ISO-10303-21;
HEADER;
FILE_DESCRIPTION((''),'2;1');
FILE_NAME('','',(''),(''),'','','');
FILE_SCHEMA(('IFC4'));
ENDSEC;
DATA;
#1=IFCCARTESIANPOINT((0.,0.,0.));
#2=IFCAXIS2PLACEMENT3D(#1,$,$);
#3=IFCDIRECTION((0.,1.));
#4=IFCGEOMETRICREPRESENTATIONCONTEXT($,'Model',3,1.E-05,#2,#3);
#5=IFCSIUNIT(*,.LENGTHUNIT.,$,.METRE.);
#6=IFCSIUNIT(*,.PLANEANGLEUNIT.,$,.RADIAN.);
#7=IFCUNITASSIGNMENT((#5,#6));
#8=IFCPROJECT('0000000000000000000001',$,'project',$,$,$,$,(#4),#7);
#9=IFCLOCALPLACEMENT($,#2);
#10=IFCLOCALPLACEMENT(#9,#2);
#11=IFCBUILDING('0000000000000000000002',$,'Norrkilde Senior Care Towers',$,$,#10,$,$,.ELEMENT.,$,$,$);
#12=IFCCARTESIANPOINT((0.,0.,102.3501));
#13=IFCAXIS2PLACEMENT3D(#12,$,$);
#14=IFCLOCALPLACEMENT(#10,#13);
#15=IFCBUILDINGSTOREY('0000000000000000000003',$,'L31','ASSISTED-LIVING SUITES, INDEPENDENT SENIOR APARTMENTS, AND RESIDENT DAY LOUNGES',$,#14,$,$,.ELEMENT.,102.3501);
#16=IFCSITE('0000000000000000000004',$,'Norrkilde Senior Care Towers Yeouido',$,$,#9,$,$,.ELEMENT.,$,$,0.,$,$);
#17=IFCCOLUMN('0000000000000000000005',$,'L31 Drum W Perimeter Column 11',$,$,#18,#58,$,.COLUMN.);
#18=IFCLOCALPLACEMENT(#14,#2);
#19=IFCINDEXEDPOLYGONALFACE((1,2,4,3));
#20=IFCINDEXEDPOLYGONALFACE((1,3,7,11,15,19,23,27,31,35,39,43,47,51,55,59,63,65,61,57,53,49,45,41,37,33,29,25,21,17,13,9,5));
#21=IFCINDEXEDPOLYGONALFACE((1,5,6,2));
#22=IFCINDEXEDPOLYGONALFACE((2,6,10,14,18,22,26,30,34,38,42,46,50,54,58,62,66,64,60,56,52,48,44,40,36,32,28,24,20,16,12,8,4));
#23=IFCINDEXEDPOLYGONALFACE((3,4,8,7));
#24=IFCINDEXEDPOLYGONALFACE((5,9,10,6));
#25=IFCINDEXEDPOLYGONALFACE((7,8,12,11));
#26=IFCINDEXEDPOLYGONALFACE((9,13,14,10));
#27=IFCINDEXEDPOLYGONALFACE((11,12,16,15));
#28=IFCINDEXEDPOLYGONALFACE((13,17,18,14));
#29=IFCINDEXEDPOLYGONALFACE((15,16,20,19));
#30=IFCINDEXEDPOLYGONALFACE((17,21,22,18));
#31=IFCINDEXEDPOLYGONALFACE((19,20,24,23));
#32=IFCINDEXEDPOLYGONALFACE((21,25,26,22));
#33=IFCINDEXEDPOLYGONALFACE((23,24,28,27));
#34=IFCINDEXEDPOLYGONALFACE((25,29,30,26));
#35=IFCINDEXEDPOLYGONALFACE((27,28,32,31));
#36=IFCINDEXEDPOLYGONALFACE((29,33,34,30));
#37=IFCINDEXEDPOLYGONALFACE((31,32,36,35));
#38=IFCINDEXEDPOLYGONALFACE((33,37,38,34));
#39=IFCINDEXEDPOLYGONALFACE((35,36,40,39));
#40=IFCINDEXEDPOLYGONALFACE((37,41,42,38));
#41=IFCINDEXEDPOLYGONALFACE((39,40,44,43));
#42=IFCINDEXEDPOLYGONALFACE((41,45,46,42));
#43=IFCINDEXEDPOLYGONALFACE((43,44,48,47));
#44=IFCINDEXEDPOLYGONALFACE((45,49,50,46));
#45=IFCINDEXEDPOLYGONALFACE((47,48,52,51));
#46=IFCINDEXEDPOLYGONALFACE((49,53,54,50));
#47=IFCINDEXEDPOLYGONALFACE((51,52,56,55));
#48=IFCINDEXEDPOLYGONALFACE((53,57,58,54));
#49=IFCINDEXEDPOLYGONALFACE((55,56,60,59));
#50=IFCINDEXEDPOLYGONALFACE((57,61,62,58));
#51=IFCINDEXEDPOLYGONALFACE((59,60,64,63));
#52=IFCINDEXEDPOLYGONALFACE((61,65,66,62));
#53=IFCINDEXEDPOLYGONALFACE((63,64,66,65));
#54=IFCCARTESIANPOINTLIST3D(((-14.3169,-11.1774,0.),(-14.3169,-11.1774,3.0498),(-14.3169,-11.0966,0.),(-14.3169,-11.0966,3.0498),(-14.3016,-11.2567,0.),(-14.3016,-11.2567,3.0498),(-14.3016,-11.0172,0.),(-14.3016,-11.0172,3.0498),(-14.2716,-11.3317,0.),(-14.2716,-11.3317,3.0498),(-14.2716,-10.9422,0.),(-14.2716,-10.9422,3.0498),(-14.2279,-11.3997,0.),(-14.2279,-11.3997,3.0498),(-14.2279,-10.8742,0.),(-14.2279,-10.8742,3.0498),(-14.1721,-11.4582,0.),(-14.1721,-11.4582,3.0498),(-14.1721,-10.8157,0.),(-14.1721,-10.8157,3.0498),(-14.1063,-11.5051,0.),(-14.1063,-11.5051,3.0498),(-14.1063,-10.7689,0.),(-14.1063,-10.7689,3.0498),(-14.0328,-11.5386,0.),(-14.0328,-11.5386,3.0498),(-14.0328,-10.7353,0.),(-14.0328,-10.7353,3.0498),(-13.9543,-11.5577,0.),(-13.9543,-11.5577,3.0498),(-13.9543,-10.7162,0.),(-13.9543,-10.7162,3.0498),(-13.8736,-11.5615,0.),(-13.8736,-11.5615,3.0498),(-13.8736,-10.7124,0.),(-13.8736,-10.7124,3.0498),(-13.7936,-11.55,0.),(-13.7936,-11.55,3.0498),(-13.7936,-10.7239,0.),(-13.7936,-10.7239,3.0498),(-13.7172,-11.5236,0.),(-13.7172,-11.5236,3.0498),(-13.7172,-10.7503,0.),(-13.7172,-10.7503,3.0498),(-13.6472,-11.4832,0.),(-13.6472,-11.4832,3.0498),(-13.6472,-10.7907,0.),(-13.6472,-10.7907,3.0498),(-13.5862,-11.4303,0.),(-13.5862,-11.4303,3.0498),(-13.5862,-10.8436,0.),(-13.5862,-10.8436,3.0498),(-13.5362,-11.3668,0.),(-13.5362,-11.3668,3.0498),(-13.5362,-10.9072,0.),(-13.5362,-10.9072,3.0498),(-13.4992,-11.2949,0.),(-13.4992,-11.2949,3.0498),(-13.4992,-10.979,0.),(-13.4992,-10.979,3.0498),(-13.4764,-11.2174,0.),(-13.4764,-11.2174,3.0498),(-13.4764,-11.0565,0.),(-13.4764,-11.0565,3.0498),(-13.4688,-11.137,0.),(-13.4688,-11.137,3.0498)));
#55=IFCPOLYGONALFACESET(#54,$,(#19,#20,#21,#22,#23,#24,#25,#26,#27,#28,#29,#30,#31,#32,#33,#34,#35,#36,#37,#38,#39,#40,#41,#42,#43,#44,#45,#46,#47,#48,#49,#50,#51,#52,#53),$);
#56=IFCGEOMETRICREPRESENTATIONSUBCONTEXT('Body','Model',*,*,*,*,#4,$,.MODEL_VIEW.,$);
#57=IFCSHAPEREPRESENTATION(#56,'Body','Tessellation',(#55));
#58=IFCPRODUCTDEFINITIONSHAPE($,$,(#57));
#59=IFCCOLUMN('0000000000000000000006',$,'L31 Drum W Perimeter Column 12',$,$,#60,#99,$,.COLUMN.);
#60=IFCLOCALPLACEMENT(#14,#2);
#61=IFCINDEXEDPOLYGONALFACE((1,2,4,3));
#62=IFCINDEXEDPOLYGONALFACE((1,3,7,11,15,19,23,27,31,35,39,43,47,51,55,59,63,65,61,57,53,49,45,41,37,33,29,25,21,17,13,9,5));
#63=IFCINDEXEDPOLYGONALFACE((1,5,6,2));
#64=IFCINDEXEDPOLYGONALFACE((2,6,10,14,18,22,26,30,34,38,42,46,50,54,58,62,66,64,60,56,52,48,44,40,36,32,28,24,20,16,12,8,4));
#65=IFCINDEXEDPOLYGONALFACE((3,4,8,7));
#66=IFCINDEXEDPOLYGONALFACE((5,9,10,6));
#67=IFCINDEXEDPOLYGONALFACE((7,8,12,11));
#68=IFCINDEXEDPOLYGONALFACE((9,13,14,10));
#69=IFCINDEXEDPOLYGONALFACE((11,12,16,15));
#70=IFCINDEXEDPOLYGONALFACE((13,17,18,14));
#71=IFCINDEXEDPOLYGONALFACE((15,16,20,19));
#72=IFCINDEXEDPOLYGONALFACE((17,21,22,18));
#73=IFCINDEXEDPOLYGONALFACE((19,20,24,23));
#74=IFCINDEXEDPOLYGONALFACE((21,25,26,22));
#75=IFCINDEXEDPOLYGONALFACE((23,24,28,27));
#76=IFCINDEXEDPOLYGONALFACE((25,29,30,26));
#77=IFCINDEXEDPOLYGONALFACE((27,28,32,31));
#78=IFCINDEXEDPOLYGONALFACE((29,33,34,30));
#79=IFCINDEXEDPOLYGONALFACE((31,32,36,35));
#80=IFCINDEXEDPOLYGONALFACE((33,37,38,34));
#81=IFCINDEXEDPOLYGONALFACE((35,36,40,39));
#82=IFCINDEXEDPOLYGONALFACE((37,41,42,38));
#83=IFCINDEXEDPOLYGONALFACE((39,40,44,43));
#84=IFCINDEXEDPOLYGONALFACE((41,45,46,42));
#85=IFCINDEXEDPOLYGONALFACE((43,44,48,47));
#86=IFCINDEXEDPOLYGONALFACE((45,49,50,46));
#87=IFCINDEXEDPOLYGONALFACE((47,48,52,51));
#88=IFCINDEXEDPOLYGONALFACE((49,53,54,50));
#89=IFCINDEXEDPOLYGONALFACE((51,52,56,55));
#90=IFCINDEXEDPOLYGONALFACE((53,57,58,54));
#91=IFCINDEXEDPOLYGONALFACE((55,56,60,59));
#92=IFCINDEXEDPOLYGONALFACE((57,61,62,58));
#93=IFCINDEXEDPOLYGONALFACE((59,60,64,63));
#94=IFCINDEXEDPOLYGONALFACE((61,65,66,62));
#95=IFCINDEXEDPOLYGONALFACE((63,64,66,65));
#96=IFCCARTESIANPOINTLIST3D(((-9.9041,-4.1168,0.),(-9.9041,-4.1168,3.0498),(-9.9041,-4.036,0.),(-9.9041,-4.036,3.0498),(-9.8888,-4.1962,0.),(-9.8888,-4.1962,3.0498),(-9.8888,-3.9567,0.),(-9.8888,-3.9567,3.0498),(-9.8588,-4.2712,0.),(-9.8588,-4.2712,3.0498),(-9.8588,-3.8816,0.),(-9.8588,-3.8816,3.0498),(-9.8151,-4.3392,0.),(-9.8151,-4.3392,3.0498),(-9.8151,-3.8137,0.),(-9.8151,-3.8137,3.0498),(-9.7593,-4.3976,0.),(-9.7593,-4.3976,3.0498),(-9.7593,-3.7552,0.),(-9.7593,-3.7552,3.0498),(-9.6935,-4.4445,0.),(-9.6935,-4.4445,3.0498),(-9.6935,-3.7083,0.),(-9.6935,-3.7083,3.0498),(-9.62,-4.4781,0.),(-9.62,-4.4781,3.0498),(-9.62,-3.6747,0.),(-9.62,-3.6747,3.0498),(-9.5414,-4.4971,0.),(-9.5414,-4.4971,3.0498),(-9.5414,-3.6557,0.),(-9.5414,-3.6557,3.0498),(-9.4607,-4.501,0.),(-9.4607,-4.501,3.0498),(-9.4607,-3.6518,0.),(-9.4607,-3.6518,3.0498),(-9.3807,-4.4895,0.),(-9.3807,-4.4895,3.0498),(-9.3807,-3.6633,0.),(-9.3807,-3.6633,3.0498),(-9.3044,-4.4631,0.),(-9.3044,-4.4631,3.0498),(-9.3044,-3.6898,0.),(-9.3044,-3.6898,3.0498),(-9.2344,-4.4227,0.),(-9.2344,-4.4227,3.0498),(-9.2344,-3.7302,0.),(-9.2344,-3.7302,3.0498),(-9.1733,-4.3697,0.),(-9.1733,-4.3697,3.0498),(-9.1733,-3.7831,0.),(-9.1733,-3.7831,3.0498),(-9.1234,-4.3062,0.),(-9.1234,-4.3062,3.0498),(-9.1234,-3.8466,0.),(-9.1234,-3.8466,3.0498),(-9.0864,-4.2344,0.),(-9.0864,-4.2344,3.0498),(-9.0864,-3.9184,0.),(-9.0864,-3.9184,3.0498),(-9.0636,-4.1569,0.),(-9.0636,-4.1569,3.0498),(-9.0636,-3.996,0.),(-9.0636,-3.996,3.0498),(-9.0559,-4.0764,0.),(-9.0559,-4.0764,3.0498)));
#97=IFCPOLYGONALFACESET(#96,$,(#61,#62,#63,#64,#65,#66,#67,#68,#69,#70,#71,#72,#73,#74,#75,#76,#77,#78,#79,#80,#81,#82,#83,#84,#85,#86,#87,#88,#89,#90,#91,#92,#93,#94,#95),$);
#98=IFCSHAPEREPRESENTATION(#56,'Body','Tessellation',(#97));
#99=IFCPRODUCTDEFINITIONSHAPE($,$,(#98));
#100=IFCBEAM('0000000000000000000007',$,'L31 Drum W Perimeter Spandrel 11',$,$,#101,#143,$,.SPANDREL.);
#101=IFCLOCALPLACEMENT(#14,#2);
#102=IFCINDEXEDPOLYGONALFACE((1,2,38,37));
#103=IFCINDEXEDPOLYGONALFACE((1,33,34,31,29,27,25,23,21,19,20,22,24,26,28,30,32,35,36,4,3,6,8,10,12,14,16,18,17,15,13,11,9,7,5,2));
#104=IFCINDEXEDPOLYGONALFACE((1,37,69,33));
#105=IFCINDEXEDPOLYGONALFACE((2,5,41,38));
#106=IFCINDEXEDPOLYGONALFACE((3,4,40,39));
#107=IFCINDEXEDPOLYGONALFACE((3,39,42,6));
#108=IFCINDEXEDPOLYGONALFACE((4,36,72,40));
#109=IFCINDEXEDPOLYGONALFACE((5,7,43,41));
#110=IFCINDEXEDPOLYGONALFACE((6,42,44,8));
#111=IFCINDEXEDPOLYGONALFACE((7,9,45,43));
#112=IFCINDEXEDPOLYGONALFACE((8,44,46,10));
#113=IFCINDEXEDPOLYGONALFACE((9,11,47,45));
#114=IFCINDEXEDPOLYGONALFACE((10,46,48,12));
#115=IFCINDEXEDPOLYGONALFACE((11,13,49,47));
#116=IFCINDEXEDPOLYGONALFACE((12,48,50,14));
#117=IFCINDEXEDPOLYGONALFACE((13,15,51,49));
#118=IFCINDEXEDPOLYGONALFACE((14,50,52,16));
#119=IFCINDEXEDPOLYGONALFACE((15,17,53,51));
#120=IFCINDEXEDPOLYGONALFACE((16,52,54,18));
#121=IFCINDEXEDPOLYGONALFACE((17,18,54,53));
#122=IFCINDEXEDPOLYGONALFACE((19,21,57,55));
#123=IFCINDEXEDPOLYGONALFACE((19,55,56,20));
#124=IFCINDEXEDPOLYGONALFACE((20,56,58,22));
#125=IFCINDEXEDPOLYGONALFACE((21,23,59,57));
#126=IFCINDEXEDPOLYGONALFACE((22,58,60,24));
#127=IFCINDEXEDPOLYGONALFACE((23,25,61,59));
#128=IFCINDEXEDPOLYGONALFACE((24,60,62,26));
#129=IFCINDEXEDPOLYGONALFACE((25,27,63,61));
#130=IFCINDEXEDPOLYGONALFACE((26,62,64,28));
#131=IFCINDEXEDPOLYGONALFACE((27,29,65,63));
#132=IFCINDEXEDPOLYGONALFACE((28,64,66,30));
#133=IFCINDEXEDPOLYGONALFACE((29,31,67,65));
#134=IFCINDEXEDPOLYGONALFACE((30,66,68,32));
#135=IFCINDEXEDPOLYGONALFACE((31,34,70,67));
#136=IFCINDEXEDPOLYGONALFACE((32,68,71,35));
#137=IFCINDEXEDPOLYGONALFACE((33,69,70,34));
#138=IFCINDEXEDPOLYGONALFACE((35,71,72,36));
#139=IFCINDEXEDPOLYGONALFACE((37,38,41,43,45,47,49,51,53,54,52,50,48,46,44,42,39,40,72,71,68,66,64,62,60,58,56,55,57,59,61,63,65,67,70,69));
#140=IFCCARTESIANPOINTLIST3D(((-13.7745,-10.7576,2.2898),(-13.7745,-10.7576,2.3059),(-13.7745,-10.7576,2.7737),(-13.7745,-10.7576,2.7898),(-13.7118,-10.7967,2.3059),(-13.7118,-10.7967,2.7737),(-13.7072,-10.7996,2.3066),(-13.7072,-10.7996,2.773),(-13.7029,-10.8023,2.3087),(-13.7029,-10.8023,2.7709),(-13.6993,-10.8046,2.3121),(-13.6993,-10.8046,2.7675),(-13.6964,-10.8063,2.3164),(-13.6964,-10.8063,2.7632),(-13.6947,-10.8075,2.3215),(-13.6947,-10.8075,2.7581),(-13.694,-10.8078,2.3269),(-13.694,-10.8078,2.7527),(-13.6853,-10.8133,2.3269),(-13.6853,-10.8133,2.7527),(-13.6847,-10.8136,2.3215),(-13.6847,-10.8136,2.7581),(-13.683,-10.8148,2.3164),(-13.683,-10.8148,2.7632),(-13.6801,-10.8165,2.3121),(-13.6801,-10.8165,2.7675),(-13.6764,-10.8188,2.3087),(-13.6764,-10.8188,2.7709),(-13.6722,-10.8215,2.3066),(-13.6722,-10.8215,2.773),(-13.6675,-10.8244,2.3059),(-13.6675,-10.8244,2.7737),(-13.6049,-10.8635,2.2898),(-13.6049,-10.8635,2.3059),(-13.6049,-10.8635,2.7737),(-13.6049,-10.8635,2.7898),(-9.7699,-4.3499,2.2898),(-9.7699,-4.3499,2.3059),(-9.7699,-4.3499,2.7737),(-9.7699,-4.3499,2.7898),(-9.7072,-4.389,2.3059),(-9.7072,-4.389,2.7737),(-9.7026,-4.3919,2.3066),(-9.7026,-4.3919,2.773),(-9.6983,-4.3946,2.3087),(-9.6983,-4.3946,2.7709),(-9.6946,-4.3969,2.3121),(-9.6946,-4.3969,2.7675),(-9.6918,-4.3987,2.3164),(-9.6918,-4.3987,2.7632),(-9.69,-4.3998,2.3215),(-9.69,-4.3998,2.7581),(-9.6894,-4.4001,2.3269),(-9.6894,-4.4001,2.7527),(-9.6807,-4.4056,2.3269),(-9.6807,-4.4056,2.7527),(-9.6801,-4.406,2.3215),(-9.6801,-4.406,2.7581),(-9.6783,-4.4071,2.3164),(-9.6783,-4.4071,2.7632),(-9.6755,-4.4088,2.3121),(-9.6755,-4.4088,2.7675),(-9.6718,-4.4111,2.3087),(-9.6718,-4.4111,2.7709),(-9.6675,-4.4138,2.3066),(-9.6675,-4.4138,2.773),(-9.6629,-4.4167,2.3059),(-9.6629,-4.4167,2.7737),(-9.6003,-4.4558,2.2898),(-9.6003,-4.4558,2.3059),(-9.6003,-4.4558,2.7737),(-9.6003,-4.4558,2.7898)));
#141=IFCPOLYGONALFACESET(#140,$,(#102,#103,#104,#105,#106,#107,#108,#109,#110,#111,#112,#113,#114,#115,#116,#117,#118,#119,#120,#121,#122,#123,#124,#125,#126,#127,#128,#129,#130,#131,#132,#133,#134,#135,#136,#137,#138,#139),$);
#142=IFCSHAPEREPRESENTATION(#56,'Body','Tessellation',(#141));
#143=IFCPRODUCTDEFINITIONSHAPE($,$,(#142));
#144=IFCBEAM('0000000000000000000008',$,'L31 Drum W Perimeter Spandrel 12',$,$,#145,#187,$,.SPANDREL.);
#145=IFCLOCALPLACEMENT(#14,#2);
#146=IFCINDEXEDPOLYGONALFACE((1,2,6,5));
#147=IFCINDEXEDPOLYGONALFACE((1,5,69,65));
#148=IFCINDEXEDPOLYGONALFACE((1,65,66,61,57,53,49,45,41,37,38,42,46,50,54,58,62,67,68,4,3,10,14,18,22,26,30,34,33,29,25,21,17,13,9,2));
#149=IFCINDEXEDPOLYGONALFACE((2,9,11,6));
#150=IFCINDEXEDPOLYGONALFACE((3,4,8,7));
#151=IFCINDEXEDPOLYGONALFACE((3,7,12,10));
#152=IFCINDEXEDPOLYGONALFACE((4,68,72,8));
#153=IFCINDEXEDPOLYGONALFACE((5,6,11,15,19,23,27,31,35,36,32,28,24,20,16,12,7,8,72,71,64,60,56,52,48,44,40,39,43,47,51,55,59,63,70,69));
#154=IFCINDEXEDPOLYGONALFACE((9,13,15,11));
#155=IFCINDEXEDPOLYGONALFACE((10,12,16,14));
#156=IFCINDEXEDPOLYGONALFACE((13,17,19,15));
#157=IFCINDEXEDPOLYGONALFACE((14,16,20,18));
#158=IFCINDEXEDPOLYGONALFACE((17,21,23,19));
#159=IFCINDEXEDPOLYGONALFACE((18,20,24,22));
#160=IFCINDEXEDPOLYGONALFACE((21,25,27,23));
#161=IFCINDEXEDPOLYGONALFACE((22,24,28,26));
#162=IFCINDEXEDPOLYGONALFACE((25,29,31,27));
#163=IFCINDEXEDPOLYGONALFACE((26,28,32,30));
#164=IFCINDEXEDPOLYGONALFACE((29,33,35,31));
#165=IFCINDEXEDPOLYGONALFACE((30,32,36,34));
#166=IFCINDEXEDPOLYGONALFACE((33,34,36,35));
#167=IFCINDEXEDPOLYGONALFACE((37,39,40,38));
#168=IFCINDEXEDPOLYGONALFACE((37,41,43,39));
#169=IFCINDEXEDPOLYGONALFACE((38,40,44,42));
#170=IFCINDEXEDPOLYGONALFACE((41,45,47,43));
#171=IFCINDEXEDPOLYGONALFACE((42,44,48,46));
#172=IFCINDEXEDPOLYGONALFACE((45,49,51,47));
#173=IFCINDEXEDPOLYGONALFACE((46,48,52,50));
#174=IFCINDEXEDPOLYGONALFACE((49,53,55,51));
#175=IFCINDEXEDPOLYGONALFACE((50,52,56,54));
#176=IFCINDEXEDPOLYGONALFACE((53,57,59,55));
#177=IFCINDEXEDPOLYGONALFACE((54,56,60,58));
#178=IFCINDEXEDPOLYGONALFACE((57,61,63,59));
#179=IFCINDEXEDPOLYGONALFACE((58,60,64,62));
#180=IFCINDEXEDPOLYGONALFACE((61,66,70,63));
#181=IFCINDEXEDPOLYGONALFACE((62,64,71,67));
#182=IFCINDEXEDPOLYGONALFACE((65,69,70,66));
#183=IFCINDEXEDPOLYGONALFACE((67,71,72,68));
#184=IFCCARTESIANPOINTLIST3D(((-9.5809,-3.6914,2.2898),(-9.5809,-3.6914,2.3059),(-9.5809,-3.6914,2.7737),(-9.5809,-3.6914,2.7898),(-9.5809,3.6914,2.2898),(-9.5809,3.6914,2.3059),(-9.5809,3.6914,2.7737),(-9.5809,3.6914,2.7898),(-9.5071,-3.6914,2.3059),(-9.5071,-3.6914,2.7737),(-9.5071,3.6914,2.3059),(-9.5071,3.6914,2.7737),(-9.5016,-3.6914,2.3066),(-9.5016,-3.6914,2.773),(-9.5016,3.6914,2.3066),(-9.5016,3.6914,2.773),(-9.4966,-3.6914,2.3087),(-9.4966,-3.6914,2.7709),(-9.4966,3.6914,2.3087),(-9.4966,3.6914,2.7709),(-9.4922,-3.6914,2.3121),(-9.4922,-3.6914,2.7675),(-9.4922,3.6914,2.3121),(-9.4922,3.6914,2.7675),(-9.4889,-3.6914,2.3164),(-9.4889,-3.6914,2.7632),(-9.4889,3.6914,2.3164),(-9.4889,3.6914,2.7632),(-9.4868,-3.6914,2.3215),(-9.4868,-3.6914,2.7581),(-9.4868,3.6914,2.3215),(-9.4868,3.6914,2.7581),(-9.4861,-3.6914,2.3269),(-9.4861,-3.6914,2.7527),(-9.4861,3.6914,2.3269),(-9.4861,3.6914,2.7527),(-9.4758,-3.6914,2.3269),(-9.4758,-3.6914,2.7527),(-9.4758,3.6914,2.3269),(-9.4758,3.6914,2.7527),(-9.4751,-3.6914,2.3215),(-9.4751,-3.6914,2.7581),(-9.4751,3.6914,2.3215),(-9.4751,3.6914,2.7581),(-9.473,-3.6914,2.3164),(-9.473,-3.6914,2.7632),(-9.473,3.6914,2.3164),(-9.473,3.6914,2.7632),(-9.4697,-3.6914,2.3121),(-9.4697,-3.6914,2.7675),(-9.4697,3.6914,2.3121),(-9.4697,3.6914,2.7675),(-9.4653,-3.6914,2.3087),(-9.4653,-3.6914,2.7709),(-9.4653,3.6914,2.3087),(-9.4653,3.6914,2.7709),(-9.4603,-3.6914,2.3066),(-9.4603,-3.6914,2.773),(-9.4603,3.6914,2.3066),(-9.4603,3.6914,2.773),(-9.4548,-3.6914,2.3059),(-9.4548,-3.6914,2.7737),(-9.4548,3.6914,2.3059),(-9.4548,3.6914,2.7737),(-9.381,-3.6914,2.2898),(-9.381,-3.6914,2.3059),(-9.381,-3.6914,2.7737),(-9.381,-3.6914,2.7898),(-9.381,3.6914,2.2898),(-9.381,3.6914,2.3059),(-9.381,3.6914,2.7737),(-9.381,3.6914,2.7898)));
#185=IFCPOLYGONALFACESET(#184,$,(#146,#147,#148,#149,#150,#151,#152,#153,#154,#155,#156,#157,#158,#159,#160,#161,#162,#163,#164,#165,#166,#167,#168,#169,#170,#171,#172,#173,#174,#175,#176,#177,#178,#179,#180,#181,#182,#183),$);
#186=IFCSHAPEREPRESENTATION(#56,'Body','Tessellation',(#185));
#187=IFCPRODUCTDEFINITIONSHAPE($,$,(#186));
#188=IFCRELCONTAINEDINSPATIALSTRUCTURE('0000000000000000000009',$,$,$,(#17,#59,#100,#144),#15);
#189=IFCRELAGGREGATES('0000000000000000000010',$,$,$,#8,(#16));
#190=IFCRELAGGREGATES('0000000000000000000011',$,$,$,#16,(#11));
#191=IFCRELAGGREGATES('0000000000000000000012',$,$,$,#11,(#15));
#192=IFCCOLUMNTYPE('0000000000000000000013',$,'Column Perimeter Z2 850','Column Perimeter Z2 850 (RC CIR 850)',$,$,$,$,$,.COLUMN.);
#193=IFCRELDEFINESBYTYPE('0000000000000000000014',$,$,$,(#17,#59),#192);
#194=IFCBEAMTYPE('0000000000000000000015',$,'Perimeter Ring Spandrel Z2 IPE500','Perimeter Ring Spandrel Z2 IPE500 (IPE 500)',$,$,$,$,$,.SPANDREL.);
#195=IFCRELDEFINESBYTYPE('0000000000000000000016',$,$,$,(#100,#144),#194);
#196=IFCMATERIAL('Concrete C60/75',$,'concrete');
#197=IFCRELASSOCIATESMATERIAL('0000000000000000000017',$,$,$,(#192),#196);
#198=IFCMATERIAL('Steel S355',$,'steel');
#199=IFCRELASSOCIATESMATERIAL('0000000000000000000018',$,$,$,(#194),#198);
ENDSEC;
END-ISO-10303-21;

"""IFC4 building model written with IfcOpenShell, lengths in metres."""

from ifc_helpers import new_model, si_unit, direction, frame, origin, origin_2d, place, context, subcontext, project, spatial, circle, i_section, extrude, source, transform, mapped, material, material_profile, profile_set, type_object, type_shapes, element, save


model = new_model("IFC4")

# Units and contexts
model_context = context("Model", 3, precision=1e-05, world=origin(), true_north=direction((0.0, 1.0)))
body_context = subcontext(model_context, "Body", "Model", "MODEL_VIEW")
ifc_project = project(units=[si_unit("LENGTHUNIT", "METRE"), si_unit("PLANEANGLEUNIT", "RADIAN")], contexts=[model_context])

# Site, building, storey
site_placement = place(None, origin())
site = spatial("IfcSite", under=ifc_project, at=site_placement, Name="Norrkilde Senior Care Towers Yeouido", CompositionType="ELEMENT", RefElevation=0.0)
building_placement = place(site_placement, origin())
building = spatial("IfcBuilding", under=site, at=building_placement, Name="Norrkilde Senior Care Towers", CompositionType="ELEMENT")
storey_placement = place(building_placement, frame((0.0, 0.0, 102.3501)))
storey = spatial("IfcBuildingStorey", under=building, at=storey_placement, Name="L31", Description="ASSISTED-LIVING SUITES, INDEPENDENT SENIOR APARTMENTS, AND RESIDENT DAY LOUNGES", CompositionType="ELEMENT", Elevation=102.3501)

# Columns
ifc_material_1 = material(Name="Concrete C60/75", Category="concrete")
ifc_material_profile_1 = material_profile(ifc_material_1, circle(Radius=0.425, at=origin_2d()), Name="RC CIR 850")
ifc_profile_set_1 = profile_set([ifc_material_profile_1], Name="Concrete C60/75")
column_type = type_object("IfcColumnType", Name="Column Perimeter Z2 850", Description="Column Perimeter Z2 850 (RC CIR 850)", PredefinedType="COLUMN", material=ifc_profile_set_1)
shared_shape_1 = source(origin(), body_context, "Body", "SweptSolid", [
    extrude(circle(Radius=0.425, at=origin_2d()), origin(), (0.0, 0.0, 1.0), 3.0498),
])
type_shapes(column_type, [shared_shape_1])
for number, where, z_axis, x_axis, name in (
    (1, (-13.8938, -11.137, 0.0), (0.0, 0.0, 1.0), (1.0, 0.0, 0.0), "L31 Drum W Perimeter Column 11"),
    (2, (-9.481, -4.0764, 0.0), (0.0, 0.0, 1.0), (1.0, 0.0, 0.0), "L31 Drum W Perimeter Column 12"),
):
    element("IfcColumn", number, at=place(storey_placement, frame(where, z_axis=z_axis, x_axis=x_axis)), inside=storey, type_object=column_type, Name=name, PredefinedType="COLUMN", context=body_context, shape_type="MappedRepresentation", body=[
        mapped(shared_shape_1, transform((0.0, 0.0, 0.0), x_axis=(1.0, 0.0, 0.0), y_axis=(0.0, 1.0, 0.0), z_axis=(0.0, 0.0, 1.0), scale=1.0)),
    ])

# Beams
ifc_material_2 = material(Name="Steel S355", Category="steel")
ifc_material_profile_2 = material_profile(ifc_material_2, i_section(OverallWidth=0.2, OverallDepth=0.5, WebThickness=0.0103, FlangeThickness=0.0161, FilletRadius=0.021, at=origin_2d()), Name="IPE 500")
ifc_profile_set_2 = profile_set([ifc_material_profile_2], Name="Steel S355")
beam_type_1 = type_object("IfcBeamType", Name="Perimeter Ring Spandrel Z2 IPE500", Description="Perimeter Ring Spandrel Z2 IPE500 (IPE 500)", PredefinedType="SPANDREL", material=ifc_profile_set_2)
shared_shape_2 = source(origin(), body_context, "Body", "SweptSolid", [
    extrude(i_section(OverallWidth=0.2, OverallDepth=0.5, WebThickness=0.0103, FlangeThickness=0.0161, FilletRadius=0.021, at=origin_2d()), origin(), (0.0, 0.0, 1.0), 7.5562),
])
beam_1_placement = place(storey_placement, frame((-13.6897, -10.8105, 2.5398), z_axis=(0.529982, 0.848009, 0.0), x_axis=(-0.848009, 0.529982, 0.0)))
element("IfcBeam", 3, at=beam_1_placement, inside=storey, type_object=beam_type_1, Name="L31 Drum W Perimeter Spandrel 11", PredefinedType="SPANDREL", context=body_context, shape_type="MappedRepresentation", body=[
    mapped(shared_shape_2, transform((0.0, 0.0, 0.0), x_axis=(1.0, 0.0, 0.0), y_axis=(0.0, 1.0, 0.0), z_axis=(0.0, 0.0, 1.0), scale=1.0)),
])
shared_shape_3 = source(origin(), body_context, "Body", "SweptSolid", [
    extrude(i_section(OverallWidth=0.2, OverallDepth=0.5, WebThickness=0.0103, FlangeThickness=0.0161, FilletRadius=0.021, at=origin_2d()), origin(), (0.0, 0.0, 1.0), 7.3828),
])
type_shapes(beam_type_1, [shared_shape_2, shared_shape_3])
beam_2_placement = place(storey_placement, frame((-9.481, -3.6914, 2.5398), z_axis=(0.0, 1.0, 0.0), x_axis=(-1.0, 0.0, 0.0)))
element("IfcBeam", 4, at=beam_2_placement, inside=storey, type_object=beam_type_1, Name="L31 Drum W Perimeter Spandrel 12", PredefinedType="SPANDREL", context=body_context, shape_type="MappedRepresentation", body=[
    mapped(shared_shape_3, transform((0.0, 0.0, 0.0), x_axis=(1.0, 0.0, 0.0), y_axis=(0.0, 1.0, 0.0), z_axis=(0.0, 0.0, 1.0), scale=1.0)),
])

save(model, "model.ifc")
